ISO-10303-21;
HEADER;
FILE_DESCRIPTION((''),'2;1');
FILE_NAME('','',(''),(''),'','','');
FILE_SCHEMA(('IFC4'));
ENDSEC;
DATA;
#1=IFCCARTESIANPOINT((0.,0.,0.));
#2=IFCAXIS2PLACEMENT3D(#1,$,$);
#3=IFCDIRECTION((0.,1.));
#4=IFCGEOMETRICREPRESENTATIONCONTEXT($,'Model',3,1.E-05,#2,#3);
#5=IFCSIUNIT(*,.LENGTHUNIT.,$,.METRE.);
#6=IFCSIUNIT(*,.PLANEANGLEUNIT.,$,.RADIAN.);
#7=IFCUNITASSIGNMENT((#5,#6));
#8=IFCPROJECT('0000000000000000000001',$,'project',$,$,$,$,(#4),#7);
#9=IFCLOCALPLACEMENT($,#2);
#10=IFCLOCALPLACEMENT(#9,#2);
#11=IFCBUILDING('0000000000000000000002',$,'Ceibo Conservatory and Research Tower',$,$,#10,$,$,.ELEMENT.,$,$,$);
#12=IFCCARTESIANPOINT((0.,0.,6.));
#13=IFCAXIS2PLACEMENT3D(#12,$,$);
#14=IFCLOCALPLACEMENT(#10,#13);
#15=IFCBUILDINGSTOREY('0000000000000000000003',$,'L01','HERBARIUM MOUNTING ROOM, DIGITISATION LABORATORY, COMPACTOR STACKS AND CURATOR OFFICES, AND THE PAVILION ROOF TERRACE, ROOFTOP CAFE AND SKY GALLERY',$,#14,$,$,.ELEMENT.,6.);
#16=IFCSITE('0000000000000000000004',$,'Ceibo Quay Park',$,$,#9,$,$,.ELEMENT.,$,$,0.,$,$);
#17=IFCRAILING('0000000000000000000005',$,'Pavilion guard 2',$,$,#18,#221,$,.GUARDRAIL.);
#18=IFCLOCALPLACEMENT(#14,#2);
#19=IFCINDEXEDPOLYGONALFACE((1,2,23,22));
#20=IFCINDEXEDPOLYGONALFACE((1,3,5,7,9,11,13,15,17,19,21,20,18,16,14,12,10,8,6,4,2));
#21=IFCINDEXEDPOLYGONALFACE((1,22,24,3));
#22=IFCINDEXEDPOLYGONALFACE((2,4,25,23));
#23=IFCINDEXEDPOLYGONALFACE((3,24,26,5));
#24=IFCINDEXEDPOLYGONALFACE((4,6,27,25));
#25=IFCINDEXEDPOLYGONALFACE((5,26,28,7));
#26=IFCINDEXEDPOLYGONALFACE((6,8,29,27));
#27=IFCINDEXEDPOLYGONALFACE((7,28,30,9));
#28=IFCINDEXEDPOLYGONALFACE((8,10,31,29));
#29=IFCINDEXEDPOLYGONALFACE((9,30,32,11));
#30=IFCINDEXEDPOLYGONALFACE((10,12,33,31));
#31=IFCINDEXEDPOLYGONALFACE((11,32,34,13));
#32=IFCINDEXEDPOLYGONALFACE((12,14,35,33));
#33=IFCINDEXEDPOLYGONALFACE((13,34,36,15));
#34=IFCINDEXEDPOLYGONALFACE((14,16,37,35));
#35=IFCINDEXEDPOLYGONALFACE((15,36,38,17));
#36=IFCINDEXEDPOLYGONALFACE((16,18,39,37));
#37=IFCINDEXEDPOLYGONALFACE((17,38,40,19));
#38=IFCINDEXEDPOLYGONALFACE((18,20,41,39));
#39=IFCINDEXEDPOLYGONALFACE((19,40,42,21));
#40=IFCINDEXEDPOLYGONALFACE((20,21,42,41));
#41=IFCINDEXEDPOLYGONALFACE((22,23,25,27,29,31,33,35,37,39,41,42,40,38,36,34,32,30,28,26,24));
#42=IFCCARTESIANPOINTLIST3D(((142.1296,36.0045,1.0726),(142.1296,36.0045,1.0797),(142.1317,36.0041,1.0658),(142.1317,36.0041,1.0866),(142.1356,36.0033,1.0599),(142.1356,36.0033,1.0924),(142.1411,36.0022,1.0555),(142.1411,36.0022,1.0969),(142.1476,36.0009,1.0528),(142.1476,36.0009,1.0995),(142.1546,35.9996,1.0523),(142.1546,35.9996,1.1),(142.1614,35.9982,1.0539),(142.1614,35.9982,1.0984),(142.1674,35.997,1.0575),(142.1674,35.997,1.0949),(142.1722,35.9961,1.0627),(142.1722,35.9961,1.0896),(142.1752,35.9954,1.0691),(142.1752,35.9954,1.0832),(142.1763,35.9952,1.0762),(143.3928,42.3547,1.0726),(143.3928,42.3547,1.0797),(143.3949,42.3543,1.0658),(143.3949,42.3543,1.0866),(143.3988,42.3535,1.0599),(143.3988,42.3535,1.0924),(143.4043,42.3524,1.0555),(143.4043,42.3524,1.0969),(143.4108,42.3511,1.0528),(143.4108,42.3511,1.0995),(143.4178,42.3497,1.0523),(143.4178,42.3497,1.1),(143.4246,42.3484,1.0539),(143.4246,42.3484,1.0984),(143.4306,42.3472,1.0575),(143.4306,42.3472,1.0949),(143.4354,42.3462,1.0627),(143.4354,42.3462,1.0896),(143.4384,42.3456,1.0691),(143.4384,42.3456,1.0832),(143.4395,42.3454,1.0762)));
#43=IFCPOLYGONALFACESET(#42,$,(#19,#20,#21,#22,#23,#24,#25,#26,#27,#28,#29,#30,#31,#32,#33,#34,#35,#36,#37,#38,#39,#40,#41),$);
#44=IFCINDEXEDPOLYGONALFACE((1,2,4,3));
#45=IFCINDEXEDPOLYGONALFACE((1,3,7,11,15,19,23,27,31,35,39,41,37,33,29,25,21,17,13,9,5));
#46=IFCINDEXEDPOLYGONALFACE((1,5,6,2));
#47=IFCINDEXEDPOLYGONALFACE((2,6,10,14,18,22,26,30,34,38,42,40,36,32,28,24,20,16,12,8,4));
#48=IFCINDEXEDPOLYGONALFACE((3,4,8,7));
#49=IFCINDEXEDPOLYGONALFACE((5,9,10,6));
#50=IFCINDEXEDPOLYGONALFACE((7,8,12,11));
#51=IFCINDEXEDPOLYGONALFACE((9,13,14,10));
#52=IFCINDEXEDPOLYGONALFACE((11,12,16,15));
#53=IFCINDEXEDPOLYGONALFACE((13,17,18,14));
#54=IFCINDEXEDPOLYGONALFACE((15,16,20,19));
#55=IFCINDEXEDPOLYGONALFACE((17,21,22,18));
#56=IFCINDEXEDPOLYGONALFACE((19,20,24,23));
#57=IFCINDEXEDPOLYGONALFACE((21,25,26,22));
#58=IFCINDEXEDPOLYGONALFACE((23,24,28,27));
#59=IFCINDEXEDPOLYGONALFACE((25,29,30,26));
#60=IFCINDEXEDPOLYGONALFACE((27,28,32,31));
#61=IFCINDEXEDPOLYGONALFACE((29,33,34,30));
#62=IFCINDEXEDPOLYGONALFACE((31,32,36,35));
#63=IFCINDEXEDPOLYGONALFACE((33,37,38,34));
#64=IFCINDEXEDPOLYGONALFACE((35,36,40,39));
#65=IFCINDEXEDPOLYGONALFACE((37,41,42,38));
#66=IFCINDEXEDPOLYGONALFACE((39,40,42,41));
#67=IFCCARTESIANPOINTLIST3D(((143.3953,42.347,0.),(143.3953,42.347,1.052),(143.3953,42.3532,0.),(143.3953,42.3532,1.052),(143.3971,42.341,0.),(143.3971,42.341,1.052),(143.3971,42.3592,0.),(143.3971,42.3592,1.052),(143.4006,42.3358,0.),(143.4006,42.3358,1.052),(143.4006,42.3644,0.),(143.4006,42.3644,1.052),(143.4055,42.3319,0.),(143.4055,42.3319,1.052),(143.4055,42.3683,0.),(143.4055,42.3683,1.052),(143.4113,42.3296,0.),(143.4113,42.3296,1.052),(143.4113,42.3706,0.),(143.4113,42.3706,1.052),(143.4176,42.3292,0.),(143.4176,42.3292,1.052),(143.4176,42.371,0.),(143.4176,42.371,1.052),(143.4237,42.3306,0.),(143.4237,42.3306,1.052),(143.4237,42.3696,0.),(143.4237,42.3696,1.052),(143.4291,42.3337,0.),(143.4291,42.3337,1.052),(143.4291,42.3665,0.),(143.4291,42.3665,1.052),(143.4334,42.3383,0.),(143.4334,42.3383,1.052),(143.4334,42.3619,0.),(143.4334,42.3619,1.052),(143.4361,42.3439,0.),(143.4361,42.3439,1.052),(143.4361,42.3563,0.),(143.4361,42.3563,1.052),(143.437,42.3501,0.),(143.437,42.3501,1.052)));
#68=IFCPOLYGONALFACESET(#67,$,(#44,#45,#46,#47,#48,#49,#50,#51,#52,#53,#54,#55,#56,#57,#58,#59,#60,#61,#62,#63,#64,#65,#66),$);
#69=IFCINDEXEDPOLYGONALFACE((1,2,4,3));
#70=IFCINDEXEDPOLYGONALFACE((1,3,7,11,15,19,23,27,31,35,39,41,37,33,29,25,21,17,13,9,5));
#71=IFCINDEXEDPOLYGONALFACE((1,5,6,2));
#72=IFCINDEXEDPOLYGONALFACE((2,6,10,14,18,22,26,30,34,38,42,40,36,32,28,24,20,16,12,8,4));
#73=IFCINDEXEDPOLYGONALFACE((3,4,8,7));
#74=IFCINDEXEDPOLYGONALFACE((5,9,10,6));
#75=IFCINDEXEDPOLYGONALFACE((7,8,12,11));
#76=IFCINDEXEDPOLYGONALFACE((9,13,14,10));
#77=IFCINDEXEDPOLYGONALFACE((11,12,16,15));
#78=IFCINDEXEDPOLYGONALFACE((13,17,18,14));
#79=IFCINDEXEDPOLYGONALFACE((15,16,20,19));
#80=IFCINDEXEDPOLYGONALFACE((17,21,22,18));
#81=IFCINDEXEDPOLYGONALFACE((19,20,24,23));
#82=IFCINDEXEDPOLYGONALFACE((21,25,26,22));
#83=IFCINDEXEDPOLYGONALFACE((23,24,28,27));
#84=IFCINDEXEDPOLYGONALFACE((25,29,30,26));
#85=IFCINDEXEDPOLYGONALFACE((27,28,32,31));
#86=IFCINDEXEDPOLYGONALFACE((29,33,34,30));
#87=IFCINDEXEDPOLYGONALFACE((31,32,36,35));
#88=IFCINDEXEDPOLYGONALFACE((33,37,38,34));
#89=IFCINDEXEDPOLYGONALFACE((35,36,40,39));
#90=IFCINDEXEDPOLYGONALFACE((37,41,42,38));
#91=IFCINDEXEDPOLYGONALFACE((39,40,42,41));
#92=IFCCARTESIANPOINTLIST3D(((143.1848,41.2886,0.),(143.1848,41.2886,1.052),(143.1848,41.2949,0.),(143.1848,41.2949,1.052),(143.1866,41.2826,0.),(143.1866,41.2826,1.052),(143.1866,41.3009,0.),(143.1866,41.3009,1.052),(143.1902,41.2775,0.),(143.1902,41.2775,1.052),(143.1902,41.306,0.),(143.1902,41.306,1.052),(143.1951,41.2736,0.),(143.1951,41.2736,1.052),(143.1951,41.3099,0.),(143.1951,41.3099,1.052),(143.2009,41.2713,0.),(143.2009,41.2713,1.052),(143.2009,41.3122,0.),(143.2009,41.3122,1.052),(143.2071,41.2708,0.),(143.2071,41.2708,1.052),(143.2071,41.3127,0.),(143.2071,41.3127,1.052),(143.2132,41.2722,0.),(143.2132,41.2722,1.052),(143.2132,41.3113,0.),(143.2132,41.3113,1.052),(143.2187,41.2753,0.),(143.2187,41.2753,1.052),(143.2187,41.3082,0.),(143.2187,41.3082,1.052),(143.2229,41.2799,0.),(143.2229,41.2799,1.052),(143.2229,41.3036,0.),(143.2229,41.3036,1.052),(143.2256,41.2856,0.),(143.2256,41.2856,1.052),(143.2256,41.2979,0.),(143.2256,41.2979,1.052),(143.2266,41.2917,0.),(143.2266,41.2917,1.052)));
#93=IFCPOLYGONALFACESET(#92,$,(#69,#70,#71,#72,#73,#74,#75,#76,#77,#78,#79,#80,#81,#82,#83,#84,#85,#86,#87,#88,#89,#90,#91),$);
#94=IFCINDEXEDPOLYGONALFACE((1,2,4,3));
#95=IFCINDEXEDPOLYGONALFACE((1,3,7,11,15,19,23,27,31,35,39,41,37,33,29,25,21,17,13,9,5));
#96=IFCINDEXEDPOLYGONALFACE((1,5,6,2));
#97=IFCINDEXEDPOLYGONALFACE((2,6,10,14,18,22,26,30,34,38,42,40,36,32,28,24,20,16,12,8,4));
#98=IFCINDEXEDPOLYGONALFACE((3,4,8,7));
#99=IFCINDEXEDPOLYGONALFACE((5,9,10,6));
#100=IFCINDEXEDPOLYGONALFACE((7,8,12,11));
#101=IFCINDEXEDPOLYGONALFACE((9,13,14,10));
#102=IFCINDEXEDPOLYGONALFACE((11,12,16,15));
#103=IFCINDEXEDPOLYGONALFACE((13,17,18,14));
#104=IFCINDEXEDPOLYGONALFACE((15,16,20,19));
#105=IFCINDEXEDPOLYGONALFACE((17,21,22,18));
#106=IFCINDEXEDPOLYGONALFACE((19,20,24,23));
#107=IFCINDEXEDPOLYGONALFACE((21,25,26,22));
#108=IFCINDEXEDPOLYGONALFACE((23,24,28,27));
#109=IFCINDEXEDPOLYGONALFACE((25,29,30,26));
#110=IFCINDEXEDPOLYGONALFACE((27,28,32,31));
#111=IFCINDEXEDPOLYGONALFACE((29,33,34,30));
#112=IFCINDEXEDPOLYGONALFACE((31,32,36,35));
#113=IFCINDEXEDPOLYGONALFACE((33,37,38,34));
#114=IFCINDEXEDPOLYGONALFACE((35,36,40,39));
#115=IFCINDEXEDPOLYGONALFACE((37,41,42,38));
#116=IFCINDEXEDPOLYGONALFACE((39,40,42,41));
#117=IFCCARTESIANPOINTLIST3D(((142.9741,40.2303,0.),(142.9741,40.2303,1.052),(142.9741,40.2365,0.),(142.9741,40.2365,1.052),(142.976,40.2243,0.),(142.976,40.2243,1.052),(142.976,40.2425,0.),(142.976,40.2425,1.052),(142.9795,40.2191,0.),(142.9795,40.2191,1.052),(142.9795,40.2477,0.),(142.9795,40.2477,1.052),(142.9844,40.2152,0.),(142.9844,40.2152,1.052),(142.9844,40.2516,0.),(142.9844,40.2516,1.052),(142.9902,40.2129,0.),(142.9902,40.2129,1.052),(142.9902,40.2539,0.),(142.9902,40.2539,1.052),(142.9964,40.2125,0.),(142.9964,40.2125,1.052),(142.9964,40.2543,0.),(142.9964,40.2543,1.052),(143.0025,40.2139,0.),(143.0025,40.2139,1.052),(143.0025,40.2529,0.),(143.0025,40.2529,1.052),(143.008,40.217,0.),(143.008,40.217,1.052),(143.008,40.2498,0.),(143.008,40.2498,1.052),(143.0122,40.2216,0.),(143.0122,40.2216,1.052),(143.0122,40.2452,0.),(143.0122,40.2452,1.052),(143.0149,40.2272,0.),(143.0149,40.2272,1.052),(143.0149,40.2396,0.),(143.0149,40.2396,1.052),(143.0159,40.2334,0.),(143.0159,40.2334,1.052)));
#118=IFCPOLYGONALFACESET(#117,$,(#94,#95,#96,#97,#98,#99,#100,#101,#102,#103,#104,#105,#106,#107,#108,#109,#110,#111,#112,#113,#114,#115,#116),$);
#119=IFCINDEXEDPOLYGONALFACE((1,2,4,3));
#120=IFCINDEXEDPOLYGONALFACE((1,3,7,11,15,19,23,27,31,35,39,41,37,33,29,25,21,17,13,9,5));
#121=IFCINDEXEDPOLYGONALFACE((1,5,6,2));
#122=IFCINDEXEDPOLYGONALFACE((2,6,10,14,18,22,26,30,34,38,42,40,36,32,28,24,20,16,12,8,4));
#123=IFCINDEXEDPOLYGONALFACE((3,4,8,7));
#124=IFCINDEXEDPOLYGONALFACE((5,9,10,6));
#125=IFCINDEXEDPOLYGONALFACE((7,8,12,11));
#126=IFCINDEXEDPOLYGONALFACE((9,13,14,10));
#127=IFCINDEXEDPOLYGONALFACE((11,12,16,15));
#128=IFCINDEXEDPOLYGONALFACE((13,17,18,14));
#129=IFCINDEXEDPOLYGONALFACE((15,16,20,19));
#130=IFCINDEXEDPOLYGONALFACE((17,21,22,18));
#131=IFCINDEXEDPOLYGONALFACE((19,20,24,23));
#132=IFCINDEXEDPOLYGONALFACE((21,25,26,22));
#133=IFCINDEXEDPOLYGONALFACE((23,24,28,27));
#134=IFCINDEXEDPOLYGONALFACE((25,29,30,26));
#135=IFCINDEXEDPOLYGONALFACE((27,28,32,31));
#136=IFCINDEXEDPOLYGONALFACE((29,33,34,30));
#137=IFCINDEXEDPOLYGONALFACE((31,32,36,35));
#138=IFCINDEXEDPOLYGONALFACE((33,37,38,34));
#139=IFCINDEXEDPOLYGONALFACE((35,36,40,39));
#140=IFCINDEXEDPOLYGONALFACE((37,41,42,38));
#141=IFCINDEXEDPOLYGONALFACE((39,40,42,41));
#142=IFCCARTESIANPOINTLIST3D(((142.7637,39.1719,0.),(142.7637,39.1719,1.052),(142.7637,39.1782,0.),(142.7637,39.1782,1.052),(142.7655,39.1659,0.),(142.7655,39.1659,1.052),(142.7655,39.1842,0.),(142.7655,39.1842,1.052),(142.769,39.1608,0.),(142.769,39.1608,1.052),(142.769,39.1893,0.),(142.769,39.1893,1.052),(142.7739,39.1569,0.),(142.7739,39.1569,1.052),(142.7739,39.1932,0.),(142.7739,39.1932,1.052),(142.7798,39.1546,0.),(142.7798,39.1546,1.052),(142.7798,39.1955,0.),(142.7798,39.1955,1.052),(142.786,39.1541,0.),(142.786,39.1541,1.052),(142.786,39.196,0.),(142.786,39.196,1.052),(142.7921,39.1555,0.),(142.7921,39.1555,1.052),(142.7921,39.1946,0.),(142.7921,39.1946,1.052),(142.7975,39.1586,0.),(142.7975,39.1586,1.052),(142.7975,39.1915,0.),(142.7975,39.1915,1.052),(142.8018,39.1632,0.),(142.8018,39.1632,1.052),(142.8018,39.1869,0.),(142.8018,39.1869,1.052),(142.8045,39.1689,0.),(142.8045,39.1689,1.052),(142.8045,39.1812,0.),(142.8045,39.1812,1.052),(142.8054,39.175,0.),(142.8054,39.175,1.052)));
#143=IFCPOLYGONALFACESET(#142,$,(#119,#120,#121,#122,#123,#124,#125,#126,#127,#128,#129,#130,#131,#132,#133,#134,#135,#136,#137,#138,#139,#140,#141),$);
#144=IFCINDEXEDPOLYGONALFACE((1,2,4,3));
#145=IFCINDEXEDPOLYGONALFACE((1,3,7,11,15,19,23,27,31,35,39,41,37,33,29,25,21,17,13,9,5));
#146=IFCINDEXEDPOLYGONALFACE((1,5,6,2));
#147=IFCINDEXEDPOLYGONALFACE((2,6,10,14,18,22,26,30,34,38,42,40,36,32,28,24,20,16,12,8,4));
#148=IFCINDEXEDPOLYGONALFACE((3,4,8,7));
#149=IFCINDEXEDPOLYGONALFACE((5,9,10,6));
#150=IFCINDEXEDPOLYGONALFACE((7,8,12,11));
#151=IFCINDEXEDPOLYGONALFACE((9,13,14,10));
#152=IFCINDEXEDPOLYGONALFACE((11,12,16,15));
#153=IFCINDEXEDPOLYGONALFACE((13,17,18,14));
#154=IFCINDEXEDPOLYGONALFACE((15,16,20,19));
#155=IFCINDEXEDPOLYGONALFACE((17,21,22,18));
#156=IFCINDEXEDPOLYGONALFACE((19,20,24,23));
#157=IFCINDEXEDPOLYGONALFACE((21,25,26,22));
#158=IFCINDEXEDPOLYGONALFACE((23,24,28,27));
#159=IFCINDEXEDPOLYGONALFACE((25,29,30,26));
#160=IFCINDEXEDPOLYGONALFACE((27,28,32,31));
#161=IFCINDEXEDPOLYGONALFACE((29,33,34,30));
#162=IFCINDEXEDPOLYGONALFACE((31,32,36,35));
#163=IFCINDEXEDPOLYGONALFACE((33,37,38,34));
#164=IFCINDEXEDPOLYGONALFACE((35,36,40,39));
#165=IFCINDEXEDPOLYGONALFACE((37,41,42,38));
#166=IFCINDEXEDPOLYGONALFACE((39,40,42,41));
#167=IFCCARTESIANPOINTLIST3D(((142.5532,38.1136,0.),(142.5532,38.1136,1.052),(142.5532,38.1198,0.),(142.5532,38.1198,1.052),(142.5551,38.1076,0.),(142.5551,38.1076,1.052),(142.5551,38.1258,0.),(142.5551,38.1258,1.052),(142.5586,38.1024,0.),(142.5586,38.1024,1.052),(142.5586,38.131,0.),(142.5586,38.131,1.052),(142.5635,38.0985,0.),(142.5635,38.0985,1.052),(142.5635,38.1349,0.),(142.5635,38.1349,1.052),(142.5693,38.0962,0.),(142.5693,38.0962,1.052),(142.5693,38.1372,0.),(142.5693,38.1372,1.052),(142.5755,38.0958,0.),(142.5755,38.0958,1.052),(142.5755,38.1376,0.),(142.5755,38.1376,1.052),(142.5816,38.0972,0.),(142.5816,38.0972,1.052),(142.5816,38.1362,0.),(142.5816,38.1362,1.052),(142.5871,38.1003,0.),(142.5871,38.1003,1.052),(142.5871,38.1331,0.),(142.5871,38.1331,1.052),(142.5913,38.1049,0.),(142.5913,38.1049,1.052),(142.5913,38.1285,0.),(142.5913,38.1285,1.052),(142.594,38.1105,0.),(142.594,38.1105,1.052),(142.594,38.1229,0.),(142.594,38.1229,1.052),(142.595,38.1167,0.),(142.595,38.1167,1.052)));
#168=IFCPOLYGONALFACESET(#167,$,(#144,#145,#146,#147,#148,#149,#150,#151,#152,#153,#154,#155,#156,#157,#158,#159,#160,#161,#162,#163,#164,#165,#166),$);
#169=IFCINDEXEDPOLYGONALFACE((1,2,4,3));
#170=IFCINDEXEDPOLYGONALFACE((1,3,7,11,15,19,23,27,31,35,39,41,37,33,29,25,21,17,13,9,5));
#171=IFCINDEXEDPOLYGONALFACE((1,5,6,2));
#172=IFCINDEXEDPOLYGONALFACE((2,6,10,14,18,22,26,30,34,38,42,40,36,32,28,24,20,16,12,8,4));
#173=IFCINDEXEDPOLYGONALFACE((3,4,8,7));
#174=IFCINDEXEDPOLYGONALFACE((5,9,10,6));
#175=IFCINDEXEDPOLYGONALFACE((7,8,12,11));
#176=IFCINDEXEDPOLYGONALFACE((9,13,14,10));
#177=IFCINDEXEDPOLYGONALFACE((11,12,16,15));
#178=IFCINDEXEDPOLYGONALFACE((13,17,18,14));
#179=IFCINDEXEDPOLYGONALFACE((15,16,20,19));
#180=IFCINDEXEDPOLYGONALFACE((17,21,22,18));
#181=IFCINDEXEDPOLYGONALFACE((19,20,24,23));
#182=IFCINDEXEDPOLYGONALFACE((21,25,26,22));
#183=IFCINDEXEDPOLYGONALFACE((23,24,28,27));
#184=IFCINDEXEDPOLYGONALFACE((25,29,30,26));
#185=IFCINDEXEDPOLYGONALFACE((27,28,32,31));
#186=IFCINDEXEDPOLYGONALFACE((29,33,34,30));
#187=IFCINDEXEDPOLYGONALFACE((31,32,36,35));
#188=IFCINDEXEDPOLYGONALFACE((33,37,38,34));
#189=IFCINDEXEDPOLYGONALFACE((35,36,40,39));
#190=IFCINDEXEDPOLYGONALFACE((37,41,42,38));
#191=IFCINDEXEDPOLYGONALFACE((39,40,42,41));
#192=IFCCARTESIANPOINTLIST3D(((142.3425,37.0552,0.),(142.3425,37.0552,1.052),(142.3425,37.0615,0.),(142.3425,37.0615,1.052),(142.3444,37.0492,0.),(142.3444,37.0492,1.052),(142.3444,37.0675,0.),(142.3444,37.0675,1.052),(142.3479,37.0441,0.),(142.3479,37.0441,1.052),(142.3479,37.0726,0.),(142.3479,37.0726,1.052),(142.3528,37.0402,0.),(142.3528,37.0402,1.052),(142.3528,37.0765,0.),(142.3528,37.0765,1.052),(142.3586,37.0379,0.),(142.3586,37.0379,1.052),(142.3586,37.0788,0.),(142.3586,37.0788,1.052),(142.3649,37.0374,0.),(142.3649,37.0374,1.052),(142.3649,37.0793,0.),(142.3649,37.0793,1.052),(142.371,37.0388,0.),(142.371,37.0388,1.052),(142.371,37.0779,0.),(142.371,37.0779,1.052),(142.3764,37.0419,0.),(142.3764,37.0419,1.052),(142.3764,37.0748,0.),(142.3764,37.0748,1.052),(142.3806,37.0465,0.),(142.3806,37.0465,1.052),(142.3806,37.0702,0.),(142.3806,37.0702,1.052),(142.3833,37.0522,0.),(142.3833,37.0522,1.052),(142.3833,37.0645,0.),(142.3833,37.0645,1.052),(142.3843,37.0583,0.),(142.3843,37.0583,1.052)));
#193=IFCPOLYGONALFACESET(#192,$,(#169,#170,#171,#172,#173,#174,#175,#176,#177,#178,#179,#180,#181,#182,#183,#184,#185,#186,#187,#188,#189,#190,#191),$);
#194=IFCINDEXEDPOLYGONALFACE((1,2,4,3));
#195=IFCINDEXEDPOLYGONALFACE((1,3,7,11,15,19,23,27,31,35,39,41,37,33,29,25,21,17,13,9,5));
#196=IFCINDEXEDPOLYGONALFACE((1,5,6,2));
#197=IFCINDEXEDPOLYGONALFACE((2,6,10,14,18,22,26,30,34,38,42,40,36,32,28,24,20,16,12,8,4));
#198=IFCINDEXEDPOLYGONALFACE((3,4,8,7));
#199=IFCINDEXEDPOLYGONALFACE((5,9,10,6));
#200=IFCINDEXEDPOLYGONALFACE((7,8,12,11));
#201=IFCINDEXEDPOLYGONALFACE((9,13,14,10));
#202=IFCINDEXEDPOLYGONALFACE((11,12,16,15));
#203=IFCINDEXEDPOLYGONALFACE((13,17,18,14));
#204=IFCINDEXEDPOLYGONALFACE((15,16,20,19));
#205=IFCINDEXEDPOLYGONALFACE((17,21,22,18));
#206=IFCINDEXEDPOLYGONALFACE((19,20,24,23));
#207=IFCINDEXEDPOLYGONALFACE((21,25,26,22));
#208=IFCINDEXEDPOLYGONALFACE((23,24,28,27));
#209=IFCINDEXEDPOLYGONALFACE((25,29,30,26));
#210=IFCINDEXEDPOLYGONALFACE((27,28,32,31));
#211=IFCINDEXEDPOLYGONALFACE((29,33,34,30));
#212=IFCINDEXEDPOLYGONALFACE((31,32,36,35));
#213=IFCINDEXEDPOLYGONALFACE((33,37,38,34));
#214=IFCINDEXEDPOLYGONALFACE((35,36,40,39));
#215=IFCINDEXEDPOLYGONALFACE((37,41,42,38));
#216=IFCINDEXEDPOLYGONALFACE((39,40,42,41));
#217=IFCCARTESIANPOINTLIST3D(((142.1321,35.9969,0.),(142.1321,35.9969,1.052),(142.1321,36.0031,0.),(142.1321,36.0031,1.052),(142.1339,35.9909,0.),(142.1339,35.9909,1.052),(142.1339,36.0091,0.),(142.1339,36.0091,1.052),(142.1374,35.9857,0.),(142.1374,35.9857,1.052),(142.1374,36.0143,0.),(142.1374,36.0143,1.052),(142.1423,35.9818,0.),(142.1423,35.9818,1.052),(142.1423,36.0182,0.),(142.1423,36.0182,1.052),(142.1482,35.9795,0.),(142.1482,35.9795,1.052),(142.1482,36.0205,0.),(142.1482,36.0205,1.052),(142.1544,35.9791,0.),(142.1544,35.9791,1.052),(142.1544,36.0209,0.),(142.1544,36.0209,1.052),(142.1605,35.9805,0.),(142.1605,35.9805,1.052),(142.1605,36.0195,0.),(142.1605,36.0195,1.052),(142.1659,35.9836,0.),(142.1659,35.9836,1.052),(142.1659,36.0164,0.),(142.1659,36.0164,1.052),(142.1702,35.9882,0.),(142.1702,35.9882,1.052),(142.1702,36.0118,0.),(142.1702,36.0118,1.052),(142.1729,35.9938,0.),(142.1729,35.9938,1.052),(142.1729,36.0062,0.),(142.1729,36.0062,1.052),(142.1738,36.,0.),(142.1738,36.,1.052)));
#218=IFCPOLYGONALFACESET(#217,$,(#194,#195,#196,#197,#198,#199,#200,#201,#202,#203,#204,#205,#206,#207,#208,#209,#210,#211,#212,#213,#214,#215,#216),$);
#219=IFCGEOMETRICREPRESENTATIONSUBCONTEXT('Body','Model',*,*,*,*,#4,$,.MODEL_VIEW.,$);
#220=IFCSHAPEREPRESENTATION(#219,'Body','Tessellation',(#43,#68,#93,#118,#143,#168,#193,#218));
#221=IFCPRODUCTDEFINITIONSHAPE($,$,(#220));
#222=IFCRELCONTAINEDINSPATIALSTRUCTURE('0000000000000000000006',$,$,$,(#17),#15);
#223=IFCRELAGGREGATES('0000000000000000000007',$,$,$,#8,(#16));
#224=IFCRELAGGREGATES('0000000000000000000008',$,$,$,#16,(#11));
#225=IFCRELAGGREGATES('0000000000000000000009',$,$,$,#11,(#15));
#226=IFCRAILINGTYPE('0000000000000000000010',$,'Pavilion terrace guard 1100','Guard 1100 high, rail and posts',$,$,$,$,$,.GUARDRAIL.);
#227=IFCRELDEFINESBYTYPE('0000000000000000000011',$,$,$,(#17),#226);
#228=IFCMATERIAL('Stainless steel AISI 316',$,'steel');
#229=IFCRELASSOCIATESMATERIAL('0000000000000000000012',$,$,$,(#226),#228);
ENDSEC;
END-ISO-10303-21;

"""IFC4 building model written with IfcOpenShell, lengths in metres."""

from ifc_helpers import new_model, si_unit, direction, frame, origin, origin_2d, place, context, subcontext, project, spatial, circle, extrude, material, type_object, element, save


model = new_model("IFC4")

# Units and contexts
model_context = context("Model", 3, precision=1e-05, world=origin(), true_north=direction((0.0, 1.0)))
body_context = subcontext(model_context, "Body", "Model", "MODEL_VIEW")
ifc_project = project(units=[si_unit("LENGTHUNIT", "METRE"), si_unit("PLANEANGLEUNIT", "RADIAN")], contexts=[model_context])

# Site, building, storey
site_placement = place(None, origin())
site = spatial("IfcSite", under=ifc_project, at=site_placement, Name="Ceibo Quay Park", CompositionType="ELEMENT", RefElevation=0.0)
building_placement = place(site_placement, origin())
building = spatial("IfcBuilding", under=site, at=building_placement, Name="Ceibo Conservatory and Research Tower", CompositionType="ELEMENT")
storey_placement = place(building_placement, frame((0.0, 0.0, 6.0)))
storey = spatial("IfcBuildingStorey", under=building, at=storey_placement, Name="L01", Description="HERBARIUM MOUNTING ROOM, DIGITISATION LABORATORY, COMPACTOR STACKS AND CURATOR OFFICES, AND THE PAVILION ROOF TERRACE, ROOFTOP CAFE AND SKY GALLERY", CompositionType="ELEMENT", Elevation=6.0)

# Railing
ifc_material_1 = material(Name="Stainless steel AISI 316", Category="steel")
railing_type_1 = type_object("IfcRailingType", Name="Pavilion terrace guard 1100", Description="Guard 1100 high, rail and posts", PredefinedType="GUARDRAIL", material=ifc_material_1)
railing_1_placement = place(storey_placement, frame((143.416, 42.3501, 0.0)))
element("IfcRailing", 1, at=railing_1_placement, inside=storey, type_object=railing_type_1, Name="Pavilion guard 2", PredefinedType="GUARDRAIL", context=body_context, shape_type="SweptSolid", body=[
    extrude(circle(Radius=0.0239, at=origin_2d()), frame((0.0, 0.0, 1.0762), z_axis=(-0.195101, -0.980783, 0.0), x_axis=(0.980783, -0.195101, 0.0)), (0.0, 0.0, 1.0), 6.4746),
    extrude(circle(Radius=0.021, at=origin_2d()), origin(), (0.0, 0.0, 1.0), 1.052),
    extrude(circle(Radius=0.021, at=origin_2d()), frame((-0.2104, -1.0583, 0.0)), (0.0, 0.0, 1.0), 1.052),
    extrude(circle(Radius=0.021, at=origin_2d()), frame((-0.4211, -2.1167, 0.0)), (0.0, 0.0, 1.0), 1.052),
    extrude(circle(Radius=0.021, at=origin_2d()), frame((-0.6316, -3.175, 0.0)), (0.0, 0.0, 1.0), 1.052),
    extrude(circle(Radius=0.021, at=origin_2d()), frame((-0.842, -4.2334, 0.0)), (0.0, 0.0, 1.0), 1.052),
    extrude(circle(Radius=0.021, at=origin_2d()), frame((-1.0527, -5.2917, 0.0)), (0.0, 0.0, 1.0), 1.052),
    extrude(circle(Radius=0.021, at=origin_2d()), frame((-1.2632, -6.3501, 0.0)), (0.0, 0.0, 1.0), 1.052),
])

save(model, "model.ifc")
